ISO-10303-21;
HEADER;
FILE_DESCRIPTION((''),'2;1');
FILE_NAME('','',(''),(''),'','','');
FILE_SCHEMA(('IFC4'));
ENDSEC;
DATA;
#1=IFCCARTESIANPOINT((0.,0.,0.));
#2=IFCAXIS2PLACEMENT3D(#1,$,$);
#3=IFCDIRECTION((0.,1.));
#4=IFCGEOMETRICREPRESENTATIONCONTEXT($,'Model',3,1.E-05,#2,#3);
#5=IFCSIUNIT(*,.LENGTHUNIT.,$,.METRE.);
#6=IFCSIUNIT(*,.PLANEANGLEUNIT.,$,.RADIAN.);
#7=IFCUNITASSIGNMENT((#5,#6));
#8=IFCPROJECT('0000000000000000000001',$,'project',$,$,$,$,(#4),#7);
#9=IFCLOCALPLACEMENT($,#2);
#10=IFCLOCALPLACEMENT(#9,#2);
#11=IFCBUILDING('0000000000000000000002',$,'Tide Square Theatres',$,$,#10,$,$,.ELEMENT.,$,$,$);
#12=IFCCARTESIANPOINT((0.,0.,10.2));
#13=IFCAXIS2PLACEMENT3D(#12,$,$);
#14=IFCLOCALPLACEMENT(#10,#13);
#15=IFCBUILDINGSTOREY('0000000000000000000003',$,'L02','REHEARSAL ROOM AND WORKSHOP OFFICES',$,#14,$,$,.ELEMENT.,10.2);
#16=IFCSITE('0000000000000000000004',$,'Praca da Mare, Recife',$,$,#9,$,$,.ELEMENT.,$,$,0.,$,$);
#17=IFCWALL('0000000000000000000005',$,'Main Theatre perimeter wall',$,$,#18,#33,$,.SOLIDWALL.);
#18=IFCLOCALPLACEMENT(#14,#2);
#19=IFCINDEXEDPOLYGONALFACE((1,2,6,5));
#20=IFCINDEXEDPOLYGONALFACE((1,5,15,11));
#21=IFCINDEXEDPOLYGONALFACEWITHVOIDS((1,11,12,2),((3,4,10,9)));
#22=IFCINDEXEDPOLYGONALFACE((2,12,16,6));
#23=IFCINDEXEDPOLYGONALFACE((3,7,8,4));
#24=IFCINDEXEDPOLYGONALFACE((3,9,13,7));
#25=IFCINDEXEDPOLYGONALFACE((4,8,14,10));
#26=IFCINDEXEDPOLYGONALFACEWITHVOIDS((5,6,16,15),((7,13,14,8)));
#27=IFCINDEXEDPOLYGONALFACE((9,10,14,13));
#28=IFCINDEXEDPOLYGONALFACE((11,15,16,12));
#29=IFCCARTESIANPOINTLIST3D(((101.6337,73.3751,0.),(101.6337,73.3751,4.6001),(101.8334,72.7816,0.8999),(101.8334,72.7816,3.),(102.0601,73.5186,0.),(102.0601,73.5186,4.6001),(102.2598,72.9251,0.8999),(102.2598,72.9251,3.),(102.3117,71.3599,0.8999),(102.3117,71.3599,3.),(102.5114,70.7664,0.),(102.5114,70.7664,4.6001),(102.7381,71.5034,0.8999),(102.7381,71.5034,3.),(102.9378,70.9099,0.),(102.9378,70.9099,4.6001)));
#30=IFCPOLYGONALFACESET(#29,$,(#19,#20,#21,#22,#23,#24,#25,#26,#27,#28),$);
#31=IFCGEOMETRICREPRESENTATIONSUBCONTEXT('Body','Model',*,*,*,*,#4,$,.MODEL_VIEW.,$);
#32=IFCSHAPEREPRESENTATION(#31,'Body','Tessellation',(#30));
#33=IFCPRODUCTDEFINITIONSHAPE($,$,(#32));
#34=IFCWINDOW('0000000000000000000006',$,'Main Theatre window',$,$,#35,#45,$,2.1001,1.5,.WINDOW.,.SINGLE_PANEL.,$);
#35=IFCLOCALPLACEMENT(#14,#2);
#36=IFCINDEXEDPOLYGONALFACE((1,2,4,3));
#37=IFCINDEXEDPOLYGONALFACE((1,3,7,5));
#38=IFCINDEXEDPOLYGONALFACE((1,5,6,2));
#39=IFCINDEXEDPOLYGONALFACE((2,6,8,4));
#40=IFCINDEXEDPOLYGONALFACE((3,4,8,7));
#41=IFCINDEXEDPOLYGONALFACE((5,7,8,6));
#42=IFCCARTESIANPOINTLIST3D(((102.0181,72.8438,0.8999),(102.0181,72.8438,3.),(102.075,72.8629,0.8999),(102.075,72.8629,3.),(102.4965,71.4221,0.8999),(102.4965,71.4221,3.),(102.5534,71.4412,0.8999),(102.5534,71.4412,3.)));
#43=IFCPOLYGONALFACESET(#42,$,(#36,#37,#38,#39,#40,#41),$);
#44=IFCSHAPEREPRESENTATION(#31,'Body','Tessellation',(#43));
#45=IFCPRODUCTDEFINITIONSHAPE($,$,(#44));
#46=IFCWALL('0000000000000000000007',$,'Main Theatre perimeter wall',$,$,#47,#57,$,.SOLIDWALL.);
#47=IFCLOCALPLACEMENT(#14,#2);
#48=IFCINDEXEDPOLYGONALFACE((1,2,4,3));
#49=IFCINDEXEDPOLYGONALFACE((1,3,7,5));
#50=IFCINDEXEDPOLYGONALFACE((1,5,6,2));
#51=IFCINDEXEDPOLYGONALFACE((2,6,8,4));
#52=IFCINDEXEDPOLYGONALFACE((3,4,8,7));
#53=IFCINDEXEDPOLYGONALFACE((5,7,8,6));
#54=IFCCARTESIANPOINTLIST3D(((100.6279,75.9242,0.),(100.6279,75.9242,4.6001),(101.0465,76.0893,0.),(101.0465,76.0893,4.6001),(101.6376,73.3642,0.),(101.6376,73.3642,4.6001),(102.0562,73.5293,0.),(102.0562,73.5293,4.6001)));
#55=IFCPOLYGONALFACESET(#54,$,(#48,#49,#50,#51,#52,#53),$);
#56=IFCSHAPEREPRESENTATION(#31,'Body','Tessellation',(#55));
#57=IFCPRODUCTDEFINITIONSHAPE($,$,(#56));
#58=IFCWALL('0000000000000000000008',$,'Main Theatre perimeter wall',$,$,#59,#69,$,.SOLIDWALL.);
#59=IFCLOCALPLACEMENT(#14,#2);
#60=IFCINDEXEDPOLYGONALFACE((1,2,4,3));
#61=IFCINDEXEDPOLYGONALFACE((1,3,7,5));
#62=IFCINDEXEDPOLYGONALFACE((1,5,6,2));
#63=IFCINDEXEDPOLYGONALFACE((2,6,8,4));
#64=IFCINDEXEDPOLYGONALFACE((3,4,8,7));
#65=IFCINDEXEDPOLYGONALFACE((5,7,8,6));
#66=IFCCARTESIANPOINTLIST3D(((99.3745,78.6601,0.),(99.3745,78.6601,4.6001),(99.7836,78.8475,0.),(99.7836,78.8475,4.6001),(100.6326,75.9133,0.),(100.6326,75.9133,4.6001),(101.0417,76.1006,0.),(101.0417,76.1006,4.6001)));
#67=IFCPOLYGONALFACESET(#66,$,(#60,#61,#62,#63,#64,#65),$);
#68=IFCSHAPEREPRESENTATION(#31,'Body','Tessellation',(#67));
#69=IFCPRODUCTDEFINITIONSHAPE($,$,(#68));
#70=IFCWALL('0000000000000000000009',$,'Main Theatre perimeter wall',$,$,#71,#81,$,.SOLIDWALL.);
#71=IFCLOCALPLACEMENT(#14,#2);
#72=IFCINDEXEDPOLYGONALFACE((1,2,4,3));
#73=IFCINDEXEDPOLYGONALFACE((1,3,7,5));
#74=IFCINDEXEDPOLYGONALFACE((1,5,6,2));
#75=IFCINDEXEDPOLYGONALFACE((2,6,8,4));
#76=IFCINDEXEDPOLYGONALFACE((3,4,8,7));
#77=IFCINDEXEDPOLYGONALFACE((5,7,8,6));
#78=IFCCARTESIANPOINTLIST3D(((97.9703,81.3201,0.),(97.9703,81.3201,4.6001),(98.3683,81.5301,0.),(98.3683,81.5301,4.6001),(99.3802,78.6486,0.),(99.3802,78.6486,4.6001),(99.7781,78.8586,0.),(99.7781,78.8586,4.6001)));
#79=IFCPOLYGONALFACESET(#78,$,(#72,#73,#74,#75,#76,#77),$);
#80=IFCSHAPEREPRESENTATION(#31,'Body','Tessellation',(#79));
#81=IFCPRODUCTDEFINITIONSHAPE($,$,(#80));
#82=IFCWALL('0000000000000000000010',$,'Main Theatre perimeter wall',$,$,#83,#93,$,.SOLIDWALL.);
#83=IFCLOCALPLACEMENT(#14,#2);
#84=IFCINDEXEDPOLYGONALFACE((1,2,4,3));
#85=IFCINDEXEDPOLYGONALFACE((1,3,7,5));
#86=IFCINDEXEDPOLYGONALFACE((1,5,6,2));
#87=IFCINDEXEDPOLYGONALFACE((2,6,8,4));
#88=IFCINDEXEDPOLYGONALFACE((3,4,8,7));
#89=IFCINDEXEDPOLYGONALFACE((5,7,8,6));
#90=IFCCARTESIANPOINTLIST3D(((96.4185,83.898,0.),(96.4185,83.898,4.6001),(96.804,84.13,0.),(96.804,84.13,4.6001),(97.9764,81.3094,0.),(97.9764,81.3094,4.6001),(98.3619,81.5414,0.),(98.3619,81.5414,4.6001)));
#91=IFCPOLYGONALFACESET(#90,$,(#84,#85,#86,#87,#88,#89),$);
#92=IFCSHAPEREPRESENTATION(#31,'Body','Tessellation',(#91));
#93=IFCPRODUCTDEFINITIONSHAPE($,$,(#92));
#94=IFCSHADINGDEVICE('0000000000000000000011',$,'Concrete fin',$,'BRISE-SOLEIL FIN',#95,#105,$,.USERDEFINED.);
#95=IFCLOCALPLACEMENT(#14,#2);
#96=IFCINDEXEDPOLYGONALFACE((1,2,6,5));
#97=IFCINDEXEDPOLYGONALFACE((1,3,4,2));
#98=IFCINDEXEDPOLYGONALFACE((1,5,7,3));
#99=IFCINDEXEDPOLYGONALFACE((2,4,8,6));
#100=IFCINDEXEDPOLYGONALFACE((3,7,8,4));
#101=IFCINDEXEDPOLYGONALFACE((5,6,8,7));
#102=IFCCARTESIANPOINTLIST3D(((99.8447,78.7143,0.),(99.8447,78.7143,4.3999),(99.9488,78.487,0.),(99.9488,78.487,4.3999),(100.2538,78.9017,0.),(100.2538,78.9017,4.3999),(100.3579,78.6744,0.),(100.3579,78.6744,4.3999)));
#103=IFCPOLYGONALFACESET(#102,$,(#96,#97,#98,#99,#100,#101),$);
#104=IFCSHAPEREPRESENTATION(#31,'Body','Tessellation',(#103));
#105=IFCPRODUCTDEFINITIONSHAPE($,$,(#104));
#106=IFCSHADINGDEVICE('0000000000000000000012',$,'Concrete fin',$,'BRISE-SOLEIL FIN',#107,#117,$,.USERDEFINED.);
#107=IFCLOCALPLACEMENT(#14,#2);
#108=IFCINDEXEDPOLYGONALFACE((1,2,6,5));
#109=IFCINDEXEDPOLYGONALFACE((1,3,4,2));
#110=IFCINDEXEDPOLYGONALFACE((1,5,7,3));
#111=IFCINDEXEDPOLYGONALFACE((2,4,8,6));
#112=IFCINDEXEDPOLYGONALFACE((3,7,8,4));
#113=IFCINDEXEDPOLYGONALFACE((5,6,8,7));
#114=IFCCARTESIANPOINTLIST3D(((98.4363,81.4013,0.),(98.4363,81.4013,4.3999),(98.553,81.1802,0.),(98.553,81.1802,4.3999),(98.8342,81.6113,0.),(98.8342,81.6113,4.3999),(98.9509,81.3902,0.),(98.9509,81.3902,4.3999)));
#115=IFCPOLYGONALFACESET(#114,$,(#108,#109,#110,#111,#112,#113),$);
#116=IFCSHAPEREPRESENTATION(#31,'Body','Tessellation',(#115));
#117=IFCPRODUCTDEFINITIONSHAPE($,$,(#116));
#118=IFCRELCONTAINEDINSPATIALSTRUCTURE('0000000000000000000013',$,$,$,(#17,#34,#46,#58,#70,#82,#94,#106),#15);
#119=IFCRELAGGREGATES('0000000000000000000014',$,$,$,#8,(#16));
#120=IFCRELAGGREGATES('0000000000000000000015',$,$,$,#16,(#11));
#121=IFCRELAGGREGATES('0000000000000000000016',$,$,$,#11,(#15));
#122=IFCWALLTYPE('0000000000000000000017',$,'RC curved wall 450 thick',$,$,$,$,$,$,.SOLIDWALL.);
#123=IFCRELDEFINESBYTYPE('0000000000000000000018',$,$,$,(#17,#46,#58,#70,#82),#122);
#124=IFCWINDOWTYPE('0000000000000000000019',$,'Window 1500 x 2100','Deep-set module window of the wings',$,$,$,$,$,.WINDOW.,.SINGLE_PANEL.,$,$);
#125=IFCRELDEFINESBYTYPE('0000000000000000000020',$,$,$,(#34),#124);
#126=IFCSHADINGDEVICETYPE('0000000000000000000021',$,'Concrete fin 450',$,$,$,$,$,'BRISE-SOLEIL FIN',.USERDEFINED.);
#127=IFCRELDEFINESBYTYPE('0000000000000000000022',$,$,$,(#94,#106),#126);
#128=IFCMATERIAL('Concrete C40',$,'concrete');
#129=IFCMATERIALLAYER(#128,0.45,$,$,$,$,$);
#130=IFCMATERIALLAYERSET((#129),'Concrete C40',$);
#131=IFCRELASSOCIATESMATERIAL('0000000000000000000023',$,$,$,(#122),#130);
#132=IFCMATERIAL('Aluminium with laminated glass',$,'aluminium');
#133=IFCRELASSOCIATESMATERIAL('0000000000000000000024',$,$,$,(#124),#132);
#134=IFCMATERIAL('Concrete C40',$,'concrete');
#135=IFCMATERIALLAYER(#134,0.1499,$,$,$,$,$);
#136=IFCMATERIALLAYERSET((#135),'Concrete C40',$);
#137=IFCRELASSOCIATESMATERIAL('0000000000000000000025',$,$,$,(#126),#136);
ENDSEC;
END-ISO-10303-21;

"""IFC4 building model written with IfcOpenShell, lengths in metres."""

from ifc_helpers import new_model, si_unit, direction, frame, frame_2d, origin, origin_2d, place, context, subcontext, project, spatial, rectangle, extrude, material, layer, layer_set, type_object, element, fill, save


model = new_model("IFC4")

# Units and contexts
model_context = context("Model", 3, precision=1e-05, world=origin(), true_north=direction((0.0, 1.0)))
body_context = subcontext(model_context, "Body", "Model", "MODEL_VIEW")
ifc_project = project(units=[si_unit("LENGTHUNIT", "METRE"), si_unit("PLANEANGLEUNIT", "RADIAN")], contexts=[model_context])

# Site, building, storey
site_placement = place(None, origin())
site = spatial("IfcSite", under=ifc_project, at=site_placement, Name="Praca da Mare, Recife", CompositionType="ELEMENT", RefElevation=0.0)
building_placement = place(site_placement, origin())
building = spatial("IfcBuilding", under=site, at=building_placement, Name="Tide Square Theatres", CompositionType="ELEMENT")
storey_placement = place(building_placement, frame((0.0, 0.0, 10.2)))
storey = spatial("IfcBuildingStorey", under=building, at=storey_placement, Name="L02", Description="REHEARSAL ROOM AND WORKSHOP OFFICES", CompositionType="ELEMENT", Elevation=10.2)

# Wall, opening, window
ifc_material_1 = material(Name="Concrete C40", Category="concrete")
ifc_layer_1 = layer(ifc_material_1, 0.45)
ifc_layer_set_1 = layer_set([ifc_layer_1], Name="Concrete C40")
wall_type_1 = type_object("IfcWallType", Name="RC curved wall 450 thick", PredefinedType="SOLIDWALL", material=ifc_layer_set_1)
wall_1_placement = place(storey_placement, frame((102.7246, 70.8381, 0.0), z_axis=(0.0, 0.0, 1.0), x_axis=(-0.318888, 0.947793, 0.0)))
wall_1 = element("IfcWall", 1, at=wall_1_placement, inside=storey, type_object=wall_type_1, Name="Main Theatre perimeter wall", PredefinedType="SOLIDWALL", context=body_context, shape_type="SweptSolid", body=[
    extrude(rectangle(XDim=2.7524, YDim=0.45, at=frame_2d((1.3762, 0.0))), origin(), (0.0, 0.0, 1.0), 4.6001),
])
opening_1_placement = place(wall_1_placement, frame((0.6262, 0.0, 0.8999)))
opening_1 = element("IfcOpeningElement", 2, at=opening_1_placement, cuts=wall_1, PredefinedType="OPENING", context=body_context, shape_type="SweptSolid", body=[
    extrude(rectangle(XDim=1.5, YDim=2.1001, at=frame_2d((0.75, 1.05))), frame((0.0, 0.2349, 0.0), z_axis=(0.0, -1.0, 0.0), x_axis=(1.0, 0.0, 0.0)), (0.0, 0.0, 1.0), 0.47),
])
ifc_material_2 = material(Name="Aluminium with laminated glass", Category="aluminium")
window_type = type_object("IfcWindowType", Name="Window 1500 x 2100", Description="Deep-set module window of the wings", PartitioningType="SINGLE_PANEL", PredefinedType="WINDOW", material=ifc_material_2)
window_placement = place(opening_1_placement, origin())
window = element("IfcWindow", 3, at=window_placement, inside=storey, type_object=window_type, Name="Main Theatre window", OverallHeight=2.1001, OverallWidth=1.5, PartitioningType="SINGLE_PANEL", PredefinedType="WINDOW", context=body_context, shape_type="SweptSolid", body=[
    extrude(rectangle(XDim=1.5, YDim=2.1001, at=frame_2d((0.75, 1.05))), frame((0.0, 0.03, 0.0), z_axis=(0.0, -1.0, 0.0), x_axis=(1.0, 0.0, 0.0)), (0.0, 0.0, 1.0), 0.0601),
])
fill(opening_1, window)

# Walls
wall_2_placement = place(storey_placement, frame((101.8469, 73.4468, 0.0), z_axis=(0.0, 0.0, 1.0), x_axis=(-0.36692, 0.930252, 0.0)))
element("IfcWall", 4, at=wall_2_placement, inside=storey, type_object=wall_type_1, Name="Main Theatre perimeter wall", PredefinedType="SOLIDWALL", context=body_context, shape_type="SweptSolid", body=[
    extrude(rectangle(XDim=2.752, YDim=0.45, at=frame_2d((1.376, 0.0))), origin(), (0.0, 0.0, 1.0), 4.6001),
])
wall_3_placement = place(storey_placement, frame((100.8372, 76.0068, 0.0), z_axis=(0.0, 0.0, 1.0), x_axis=(-0.416407, 0.909178, 0.0)))
element("IfcWall", 5, at=wall_3_placement, inside=storey, type_object=wall_type_1, Name="Main Theatre perimeter wall", PredefinedType="SOLIDWALL", context=body_context, shape_type="SweptSolid", body=[
    extrude(rectangle(XDim=3.0212, YDim=0.45, at=frame_2d((1.5107, 0.0))), origin(), (0.0, 0.0, 1.0), 4.6001),
])
wall_4_placement = place(storey_placement, frame((99.5791, 78.7537, 0.0), z_axis=(0.0, 0.0, 1.0), x_axis=(-0.466729, 0.884401, 0.0)))
element("IfcWall", 6, at=wall_4_placement, inside=storey, type_object=wall_type_1, Name="Main Theatre perimeter wall", PredefinedType="SOLIDWALL", context=body_context, shape_type="SweptSolid", body=[
    extrude(rectangle(XDim=3.0208, YDim=0.45, at=frame_2d((1.5103, 0.0))), origin(), (0.0, 0.0, 1.0), 4.6001),
])
wall_5_placement = place(storey_placement, frame((98.1692, 81.4253, 0.0), z_axis=(0.0, 0.0, 1.0), x_axis=(-0.515636, 0.856808, 0.0)))
element("IfcWall", 7, at=wall_5_placement, inside=storey, type_object=wall_type_1, Name="Main Theatre perimeter wall", PredefinedType="SOLIDWALL", context=body_context, shape_type="SweptSolid", body=[
    extrude(rectangle(XDim=3.0212, YDim=0.45, at=frame_2d((1.5107, 0.0))), origin(), (0.0, 0.0, 1.0), 4.6001),
])

# Shading devices
ifc_material_3 = material(Name="Concrete C40", Category="concrete")
ifc_layer_2 = layer(ifc_material_3, 0.1499)
ifc_layer_set_2 = layer_set([ifc_layer_2], Name="Concrete C40")
shading_device_type = type_object("IfcShadingDeviceType", Name="Concrete fin 450", ElementType="BRISE-SOLEIL FIN", PredefinedType="USERDEFINED", material=ifc_layer_set_2)
for number, where, z_axis, x_axis, name in (
    (8, (100.1013, 78.6943, 0.0), (0.0, 0.0, 1.0), (-0.416344, 0.909207, 0.0), "Concrete fin"),
    (9, (98.6936, 81.3958, 0.0), (0.0, 0.0, 1.0), (-0.466757, 0.884386, 0.0), "Concrete fin"),
):
    element("IfcShadingDevice", number, at=place(storey_placement, frame(where, z_axis=z_axis, x_axis=x_axis)), inside=storey, type_object=shading_device_type, Name=name, ObjectType="BRISE-SOLEIL FIN", PredefinedType="USERDEFINED", context=body_context, shape_type="SweptSolid", body=[
        extrude(rectangle(XDim=0.25, YDim=0.45, at=origin_2d()), origin(), (0.0, 0.0, 1.0), 4.3999),
    ])

save(model, "model.ifc")
